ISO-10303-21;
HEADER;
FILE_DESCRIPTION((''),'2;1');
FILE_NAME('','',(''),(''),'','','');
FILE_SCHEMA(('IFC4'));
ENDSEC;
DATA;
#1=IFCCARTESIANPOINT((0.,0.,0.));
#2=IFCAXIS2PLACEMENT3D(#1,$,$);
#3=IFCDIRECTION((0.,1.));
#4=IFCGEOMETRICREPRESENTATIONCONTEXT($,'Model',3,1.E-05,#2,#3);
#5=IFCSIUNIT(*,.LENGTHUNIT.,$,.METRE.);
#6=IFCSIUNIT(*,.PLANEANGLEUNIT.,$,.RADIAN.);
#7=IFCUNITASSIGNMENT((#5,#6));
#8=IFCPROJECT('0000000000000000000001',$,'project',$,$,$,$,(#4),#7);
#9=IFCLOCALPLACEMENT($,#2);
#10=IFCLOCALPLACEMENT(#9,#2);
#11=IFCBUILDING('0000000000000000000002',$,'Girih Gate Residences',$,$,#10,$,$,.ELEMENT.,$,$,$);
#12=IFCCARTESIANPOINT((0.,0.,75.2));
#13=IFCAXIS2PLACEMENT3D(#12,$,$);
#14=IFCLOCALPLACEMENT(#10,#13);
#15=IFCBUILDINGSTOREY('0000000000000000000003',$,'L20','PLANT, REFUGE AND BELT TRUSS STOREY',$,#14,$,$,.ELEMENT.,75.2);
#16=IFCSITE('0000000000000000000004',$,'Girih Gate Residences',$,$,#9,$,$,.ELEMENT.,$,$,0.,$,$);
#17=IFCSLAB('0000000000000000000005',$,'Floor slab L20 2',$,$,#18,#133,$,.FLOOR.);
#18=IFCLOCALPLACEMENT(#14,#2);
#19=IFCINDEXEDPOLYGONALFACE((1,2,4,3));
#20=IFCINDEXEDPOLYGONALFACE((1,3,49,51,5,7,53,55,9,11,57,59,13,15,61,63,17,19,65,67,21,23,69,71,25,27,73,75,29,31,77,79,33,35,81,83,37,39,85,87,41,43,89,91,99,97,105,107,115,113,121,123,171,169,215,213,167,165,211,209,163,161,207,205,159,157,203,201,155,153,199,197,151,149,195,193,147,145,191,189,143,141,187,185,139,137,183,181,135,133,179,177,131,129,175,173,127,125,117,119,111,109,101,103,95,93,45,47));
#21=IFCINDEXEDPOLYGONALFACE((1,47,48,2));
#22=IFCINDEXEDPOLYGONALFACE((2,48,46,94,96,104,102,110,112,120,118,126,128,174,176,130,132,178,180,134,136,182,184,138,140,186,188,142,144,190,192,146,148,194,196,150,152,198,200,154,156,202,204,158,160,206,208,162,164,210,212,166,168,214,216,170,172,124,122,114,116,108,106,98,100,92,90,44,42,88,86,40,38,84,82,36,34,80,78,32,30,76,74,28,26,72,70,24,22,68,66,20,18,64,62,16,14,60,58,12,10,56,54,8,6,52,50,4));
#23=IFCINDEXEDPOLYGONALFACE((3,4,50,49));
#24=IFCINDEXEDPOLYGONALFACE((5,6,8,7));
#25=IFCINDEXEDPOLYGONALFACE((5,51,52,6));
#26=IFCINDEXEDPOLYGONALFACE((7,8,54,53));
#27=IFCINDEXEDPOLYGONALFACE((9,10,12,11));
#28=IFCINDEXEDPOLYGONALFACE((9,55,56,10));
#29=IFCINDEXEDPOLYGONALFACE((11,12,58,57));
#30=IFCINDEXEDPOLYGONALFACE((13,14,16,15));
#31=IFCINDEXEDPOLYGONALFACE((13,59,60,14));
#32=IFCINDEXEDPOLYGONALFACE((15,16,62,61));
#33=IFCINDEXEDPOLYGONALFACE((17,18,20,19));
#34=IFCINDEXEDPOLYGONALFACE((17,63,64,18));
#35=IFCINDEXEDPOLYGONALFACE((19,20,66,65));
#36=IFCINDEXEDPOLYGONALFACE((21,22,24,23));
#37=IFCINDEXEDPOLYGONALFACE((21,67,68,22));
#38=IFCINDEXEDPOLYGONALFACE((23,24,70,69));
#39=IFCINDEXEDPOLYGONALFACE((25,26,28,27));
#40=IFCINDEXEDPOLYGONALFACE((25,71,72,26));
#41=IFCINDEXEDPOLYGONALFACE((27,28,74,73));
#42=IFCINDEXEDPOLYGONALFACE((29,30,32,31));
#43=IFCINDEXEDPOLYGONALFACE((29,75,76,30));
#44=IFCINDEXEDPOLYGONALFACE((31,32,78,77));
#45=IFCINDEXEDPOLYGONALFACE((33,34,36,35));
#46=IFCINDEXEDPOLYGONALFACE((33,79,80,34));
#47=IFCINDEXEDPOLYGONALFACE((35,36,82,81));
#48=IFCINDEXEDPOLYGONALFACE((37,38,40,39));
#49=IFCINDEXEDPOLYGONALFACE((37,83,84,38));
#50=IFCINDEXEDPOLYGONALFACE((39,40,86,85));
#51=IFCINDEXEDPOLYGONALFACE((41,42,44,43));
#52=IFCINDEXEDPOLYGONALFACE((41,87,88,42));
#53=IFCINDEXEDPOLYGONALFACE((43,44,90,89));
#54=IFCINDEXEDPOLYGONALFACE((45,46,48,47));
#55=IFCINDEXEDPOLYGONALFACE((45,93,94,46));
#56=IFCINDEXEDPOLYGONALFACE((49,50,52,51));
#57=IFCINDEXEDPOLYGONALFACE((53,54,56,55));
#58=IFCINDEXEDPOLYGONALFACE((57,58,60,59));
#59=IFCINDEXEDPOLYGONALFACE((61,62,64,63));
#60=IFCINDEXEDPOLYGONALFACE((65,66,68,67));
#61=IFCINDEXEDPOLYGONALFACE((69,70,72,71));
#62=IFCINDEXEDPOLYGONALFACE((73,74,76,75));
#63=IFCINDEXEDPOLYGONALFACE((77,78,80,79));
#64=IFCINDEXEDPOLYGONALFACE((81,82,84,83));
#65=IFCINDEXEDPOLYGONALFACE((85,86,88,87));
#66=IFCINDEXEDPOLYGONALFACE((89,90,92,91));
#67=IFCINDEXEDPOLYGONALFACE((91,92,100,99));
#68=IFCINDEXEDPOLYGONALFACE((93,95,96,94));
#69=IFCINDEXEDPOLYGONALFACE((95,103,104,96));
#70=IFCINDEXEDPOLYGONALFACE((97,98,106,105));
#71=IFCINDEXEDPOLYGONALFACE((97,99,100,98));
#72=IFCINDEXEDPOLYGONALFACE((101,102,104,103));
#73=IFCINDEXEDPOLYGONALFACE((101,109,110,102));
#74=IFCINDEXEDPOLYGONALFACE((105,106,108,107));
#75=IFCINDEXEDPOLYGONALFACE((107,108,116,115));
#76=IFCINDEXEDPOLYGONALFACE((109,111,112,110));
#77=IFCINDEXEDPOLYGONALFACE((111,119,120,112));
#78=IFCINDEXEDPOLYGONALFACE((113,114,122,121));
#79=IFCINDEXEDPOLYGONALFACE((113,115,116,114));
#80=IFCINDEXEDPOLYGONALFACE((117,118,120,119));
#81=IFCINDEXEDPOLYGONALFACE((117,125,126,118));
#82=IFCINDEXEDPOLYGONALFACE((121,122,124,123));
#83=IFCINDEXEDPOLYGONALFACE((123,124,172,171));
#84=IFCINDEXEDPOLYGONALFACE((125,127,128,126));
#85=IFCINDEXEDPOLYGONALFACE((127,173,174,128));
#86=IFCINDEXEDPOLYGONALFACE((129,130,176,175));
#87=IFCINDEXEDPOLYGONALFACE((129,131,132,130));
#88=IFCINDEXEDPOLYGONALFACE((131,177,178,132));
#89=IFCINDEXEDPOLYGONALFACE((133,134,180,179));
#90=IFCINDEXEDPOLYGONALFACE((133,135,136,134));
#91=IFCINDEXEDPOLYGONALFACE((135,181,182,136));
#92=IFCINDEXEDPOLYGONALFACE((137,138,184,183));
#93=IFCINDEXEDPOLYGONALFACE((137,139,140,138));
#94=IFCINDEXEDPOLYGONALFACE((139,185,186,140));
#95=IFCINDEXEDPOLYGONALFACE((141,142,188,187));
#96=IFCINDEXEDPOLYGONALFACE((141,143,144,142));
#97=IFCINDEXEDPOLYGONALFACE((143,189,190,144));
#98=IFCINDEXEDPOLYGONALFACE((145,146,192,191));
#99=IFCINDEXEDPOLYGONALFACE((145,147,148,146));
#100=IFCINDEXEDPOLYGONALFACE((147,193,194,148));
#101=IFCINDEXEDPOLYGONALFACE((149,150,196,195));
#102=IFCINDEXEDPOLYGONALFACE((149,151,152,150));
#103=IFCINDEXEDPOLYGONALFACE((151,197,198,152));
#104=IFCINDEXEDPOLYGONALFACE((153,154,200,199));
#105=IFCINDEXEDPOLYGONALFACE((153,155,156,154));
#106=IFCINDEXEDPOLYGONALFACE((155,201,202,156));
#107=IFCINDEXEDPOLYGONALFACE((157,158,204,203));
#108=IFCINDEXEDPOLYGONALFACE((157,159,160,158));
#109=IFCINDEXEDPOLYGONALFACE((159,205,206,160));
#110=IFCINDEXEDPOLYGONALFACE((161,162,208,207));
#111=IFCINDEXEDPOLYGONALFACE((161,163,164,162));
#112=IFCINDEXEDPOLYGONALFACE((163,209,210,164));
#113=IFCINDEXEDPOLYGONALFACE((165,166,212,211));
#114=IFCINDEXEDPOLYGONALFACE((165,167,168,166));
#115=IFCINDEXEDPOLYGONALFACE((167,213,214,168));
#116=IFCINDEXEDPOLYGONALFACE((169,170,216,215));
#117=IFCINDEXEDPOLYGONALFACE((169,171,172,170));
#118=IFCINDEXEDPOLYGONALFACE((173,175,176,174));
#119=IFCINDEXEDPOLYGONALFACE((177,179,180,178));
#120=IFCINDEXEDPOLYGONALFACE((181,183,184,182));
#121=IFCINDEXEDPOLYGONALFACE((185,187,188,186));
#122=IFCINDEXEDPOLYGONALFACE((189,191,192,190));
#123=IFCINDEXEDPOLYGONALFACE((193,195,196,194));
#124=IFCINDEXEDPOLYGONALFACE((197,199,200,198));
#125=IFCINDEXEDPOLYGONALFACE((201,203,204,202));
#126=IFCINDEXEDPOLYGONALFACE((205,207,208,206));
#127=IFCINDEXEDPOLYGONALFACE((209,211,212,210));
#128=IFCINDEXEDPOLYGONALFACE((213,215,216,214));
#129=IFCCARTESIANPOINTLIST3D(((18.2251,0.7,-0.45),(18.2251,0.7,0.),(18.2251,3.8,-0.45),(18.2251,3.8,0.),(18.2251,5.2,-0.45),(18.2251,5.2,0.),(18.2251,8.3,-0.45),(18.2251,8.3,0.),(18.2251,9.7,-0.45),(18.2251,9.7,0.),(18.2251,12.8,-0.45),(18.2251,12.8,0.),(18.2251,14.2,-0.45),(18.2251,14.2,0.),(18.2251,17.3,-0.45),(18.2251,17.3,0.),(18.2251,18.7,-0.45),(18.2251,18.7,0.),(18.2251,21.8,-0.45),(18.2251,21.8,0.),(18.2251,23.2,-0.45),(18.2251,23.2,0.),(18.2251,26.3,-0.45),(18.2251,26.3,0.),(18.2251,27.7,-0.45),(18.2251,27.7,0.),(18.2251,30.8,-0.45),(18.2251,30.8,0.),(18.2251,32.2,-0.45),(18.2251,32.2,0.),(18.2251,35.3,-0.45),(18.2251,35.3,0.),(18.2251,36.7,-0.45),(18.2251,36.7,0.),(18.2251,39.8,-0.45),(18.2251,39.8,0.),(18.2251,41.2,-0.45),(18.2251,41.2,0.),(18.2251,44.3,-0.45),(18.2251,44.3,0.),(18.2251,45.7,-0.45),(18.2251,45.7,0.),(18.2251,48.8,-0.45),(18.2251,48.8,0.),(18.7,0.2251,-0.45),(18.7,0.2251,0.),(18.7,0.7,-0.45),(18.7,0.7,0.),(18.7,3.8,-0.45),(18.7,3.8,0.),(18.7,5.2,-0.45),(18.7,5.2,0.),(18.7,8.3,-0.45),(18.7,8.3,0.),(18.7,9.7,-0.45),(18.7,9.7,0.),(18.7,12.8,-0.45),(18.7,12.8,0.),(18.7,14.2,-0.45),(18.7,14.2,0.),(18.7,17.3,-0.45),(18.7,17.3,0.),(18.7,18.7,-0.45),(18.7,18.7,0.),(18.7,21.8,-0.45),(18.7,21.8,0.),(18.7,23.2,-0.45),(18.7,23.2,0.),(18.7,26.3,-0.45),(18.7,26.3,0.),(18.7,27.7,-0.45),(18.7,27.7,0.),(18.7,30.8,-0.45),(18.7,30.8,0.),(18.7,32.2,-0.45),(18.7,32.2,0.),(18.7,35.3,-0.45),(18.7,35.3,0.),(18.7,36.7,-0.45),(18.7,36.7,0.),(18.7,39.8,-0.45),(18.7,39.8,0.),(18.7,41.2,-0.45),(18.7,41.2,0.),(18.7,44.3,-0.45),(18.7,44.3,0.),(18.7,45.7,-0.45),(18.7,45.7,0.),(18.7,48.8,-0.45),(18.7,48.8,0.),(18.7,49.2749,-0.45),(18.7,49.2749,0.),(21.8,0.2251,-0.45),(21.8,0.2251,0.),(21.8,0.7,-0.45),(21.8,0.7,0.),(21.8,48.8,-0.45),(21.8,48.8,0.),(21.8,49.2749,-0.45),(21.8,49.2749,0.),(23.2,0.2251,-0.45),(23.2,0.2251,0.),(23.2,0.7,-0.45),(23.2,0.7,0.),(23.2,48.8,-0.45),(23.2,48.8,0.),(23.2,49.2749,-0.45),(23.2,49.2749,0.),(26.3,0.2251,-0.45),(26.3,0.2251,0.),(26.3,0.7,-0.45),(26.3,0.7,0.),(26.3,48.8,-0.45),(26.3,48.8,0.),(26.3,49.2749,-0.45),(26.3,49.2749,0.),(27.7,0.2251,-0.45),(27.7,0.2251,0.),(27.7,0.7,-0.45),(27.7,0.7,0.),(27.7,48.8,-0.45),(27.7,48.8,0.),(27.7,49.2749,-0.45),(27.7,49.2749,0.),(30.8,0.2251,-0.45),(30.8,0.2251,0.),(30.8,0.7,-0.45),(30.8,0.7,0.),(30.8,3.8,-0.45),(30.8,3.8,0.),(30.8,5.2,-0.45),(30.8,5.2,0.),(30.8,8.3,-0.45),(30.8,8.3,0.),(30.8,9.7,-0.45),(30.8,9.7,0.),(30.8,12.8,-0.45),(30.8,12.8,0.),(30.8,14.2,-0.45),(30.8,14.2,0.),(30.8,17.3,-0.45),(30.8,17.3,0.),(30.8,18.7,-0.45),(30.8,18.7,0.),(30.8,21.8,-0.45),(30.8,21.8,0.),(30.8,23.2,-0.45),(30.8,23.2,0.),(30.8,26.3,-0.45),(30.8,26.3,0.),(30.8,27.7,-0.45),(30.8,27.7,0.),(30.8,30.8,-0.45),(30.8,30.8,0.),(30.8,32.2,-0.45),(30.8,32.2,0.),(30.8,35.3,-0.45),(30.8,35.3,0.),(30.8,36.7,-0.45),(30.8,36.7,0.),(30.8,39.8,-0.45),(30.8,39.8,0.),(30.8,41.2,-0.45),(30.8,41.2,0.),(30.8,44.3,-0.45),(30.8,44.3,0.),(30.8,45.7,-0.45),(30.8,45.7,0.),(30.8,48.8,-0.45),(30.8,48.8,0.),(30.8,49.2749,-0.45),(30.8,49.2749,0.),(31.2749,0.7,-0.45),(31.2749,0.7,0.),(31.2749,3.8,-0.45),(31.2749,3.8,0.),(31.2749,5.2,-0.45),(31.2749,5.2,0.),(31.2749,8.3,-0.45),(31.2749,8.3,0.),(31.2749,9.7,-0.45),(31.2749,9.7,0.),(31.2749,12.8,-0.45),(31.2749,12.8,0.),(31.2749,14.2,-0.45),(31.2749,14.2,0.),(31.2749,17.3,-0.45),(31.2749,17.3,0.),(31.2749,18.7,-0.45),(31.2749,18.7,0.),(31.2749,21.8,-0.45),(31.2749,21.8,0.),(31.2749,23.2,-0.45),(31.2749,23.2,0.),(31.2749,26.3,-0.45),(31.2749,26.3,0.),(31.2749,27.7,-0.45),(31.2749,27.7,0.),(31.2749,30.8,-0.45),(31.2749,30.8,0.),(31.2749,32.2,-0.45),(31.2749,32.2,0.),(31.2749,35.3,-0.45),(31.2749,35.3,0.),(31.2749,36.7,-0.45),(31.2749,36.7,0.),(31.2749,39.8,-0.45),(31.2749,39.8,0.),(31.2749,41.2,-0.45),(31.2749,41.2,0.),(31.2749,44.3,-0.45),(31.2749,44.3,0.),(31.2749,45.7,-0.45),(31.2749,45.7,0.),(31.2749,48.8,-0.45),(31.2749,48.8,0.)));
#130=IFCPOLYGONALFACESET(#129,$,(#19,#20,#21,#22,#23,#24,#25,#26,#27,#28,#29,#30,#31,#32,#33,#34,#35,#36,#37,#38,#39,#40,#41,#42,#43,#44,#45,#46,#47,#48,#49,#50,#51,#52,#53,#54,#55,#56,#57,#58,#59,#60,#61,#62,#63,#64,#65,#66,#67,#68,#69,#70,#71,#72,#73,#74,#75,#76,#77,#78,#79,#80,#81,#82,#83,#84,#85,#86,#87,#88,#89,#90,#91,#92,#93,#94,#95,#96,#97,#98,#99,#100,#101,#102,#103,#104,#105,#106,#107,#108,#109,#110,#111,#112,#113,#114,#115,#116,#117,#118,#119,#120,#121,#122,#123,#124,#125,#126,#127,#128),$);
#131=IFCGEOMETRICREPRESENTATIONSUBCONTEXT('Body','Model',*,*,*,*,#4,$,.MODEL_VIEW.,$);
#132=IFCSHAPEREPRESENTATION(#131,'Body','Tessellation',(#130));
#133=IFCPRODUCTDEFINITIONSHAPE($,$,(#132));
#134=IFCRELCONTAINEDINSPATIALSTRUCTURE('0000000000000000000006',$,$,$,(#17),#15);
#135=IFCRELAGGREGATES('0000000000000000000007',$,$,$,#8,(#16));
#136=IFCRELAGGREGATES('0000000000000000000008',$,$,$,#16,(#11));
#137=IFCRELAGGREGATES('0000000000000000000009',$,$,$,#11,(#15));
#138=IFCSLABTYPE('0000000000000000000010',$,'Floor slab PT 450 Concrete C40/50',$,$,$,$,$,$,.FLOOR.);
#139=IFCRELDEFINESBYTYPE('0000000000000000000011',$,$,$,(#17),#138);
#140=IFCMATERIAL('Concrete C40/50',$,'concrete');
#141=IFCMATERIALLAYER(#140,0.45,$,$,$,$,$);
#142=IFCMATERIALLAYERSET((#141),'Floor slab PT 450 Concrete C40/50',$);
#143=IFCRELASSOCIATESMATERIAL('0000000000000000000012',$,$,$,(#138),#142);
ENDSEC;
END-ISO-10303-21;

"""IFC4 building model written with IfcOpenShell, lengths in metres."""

from ifc_helpers import new_model, si_unit, direction, frame, origin, place, context, subcontext, project, spatial, polyline, outline, extrude, material, layer, layer_set, type_object, element, save


model = new_model("IFC4")

# Units and contexts
model_context = context("Model", 3, precision=1e-05, world=origin(), true_north=direction((0.0, 1.0)))
body_context = subcontext(model_context, "Body", "Model", "MODEL_VIEW")
ifc_project = project(units=[si_unit("LENGTHUNIT", "METRE"), si_unit("PLANEANGLEUNIT", "RADIAN")], contexts=[model_context])

# Site, building, storey
site_placement = place(None, origin())
site = spatial("IfcSite", under=ifc_project, at=site_placement, Name="Girih Gate Residences", CompositionType="ELEMENT", RefElevation=0.0)
building_placement = place(site_placement, origin())
building = spatial("IfcBuilding", under=site, at=building_placement, Name="Girih Gate Residences", CompositionType="ELEMENT")
storey_placement = place(building_placement, frame((0.0, 0.0, 75.2)))
storey = spatial("IfcBuildingStorey", under=building, at=storey_placement, Name="L20", Description="PLANT, REFUGE AND BELT TRUSS STOREY", CompositionType="ELEMENT", Elevation=75.2)

# Slab
ifc_material_1 = material(Name="Concrete C40/50", Category="concrete")
ifc_layer_1 = layer(ifc_material_1, 0.45)
ifc_layer_set_1 = layer_set([ifc_layer_1], Name="Floor slab PT 450 Concrete C40/50")
slab_type_1 = type_object("IfcSlabType", Name="Floor slab PT 450 Concrete C40/50", PredefinedType="FLOOR", material=ifc_layer_set_1)
slab_1_placement = place(storey_placement, frame((0.0, 0.0, -0.45)))
element("IfcSlab", 1, at=slab_1_placement, inside=storey, type_object=slab_type_1, Name="Floor slab L20 2", PredefinedType="FLOOR", context=body_context, shape_type="SweptSolid", body=[
    extrude(outline(polyline([(21.8, 49.2749), (18.7, 49.2749), (18.7, 48.8), (18.2251, 48.8), (18.2251, 45.7), (18.7, 45.7), (18.7, 44.3), (18.2251, 44.3), (18.2251, 41.2), (18.7, 41.2), (18.7, 39.8), (18.2251, 39.8), (18.2251, 36.7), (18.7, 36.7), (18.7, 35.3), (18.2251, 35.3), (18.2251, 32.2), (18.7, 32.2), (18.7, 30.8), (18.2251, 30.8), (18.2251, 27.7), (18.7, 27.7), (18.7, 26.3), (18.2251, 26.3), (18.2251, 23.2), (18.7, 23.2), (18.7, 21.8), (18.2251, 21.8), (18.2251, 18.7), (18.7, 18.7), (18.7, 17.3), (18.2251, 17.3), (18.2251, 14.2), (18.7, 14.2), (18.7, 12.8), (18.2251, 12.8), (18.2251, 9.7), (18.7, 9.7), (18.7, 8.3), (18.2251, 8.3), (18.2251, 5.2), (18.7, 5.2), (18.7, 3.8), (18.2251, 3.8), (18.2251, 0.7), (18.7, 0.7), (18.7, 0.2251), (21.8, 0.2251), (21.8, 0.7), (23.2, 0.7), (23.2, 0.2251), (26.3, 0.2251), (26.3, 0.7), (27.7, 0.7), (27.7, 0.2251), (30.8, 0.2251), (30.8, 0.7), (31.2749, 0.7), (31.2749, 3.8), (30.8, 3.8), (30.8, 5.2), (31.2749, 5.2), (31.2749, 8.3), (30.8, 8.3), (30.8, 9.7), (31.2749, 9.7), (31.2749, 12.8), (30.8, 12.8), (30.8, 14.2), (31.2749, 14.2), (31.2749, 17.3), (30.8, 17.3), (30.8, 18.7), (31.2749, 18.7), (31.2749, 21.8), (30.8, 21.8), (30.8, 23.2), (31.2749, 23.2), (31.2749, 26.3), (30.8, 26.3), (30.8, 27.7), (31.2749, 27.7), (31.2749, 30.8), (30.8, 30.8), (30.8, 32.2), (31.2749, 32.2), (31.2749, 35.3), (30.8, 35.3), (30.8, 36.7), (31.2749, 36.7), (31.2749, 39.8), (30.8, 39.8), (30.8, 41.2), (31.2749, 41.2), (31.2749, 44.3), (30.8, 44.3), (30.8, 45.7), (31.2749, 45.7), (31.2749, 48.8), (30.8, 48.8), (30.8, 49.2749), (27.7, 49.2749), (27.7, 48.8), (26.3, 48.8), (26.3, 49.2749), (23.2, 49.2749), (23.2, 48.8), (21.8, 48.8), (21.8, 49.2749)])), origin(), (0.0, 0.0, 1.0), 0.45),
])

save(model, "model.ifc")
